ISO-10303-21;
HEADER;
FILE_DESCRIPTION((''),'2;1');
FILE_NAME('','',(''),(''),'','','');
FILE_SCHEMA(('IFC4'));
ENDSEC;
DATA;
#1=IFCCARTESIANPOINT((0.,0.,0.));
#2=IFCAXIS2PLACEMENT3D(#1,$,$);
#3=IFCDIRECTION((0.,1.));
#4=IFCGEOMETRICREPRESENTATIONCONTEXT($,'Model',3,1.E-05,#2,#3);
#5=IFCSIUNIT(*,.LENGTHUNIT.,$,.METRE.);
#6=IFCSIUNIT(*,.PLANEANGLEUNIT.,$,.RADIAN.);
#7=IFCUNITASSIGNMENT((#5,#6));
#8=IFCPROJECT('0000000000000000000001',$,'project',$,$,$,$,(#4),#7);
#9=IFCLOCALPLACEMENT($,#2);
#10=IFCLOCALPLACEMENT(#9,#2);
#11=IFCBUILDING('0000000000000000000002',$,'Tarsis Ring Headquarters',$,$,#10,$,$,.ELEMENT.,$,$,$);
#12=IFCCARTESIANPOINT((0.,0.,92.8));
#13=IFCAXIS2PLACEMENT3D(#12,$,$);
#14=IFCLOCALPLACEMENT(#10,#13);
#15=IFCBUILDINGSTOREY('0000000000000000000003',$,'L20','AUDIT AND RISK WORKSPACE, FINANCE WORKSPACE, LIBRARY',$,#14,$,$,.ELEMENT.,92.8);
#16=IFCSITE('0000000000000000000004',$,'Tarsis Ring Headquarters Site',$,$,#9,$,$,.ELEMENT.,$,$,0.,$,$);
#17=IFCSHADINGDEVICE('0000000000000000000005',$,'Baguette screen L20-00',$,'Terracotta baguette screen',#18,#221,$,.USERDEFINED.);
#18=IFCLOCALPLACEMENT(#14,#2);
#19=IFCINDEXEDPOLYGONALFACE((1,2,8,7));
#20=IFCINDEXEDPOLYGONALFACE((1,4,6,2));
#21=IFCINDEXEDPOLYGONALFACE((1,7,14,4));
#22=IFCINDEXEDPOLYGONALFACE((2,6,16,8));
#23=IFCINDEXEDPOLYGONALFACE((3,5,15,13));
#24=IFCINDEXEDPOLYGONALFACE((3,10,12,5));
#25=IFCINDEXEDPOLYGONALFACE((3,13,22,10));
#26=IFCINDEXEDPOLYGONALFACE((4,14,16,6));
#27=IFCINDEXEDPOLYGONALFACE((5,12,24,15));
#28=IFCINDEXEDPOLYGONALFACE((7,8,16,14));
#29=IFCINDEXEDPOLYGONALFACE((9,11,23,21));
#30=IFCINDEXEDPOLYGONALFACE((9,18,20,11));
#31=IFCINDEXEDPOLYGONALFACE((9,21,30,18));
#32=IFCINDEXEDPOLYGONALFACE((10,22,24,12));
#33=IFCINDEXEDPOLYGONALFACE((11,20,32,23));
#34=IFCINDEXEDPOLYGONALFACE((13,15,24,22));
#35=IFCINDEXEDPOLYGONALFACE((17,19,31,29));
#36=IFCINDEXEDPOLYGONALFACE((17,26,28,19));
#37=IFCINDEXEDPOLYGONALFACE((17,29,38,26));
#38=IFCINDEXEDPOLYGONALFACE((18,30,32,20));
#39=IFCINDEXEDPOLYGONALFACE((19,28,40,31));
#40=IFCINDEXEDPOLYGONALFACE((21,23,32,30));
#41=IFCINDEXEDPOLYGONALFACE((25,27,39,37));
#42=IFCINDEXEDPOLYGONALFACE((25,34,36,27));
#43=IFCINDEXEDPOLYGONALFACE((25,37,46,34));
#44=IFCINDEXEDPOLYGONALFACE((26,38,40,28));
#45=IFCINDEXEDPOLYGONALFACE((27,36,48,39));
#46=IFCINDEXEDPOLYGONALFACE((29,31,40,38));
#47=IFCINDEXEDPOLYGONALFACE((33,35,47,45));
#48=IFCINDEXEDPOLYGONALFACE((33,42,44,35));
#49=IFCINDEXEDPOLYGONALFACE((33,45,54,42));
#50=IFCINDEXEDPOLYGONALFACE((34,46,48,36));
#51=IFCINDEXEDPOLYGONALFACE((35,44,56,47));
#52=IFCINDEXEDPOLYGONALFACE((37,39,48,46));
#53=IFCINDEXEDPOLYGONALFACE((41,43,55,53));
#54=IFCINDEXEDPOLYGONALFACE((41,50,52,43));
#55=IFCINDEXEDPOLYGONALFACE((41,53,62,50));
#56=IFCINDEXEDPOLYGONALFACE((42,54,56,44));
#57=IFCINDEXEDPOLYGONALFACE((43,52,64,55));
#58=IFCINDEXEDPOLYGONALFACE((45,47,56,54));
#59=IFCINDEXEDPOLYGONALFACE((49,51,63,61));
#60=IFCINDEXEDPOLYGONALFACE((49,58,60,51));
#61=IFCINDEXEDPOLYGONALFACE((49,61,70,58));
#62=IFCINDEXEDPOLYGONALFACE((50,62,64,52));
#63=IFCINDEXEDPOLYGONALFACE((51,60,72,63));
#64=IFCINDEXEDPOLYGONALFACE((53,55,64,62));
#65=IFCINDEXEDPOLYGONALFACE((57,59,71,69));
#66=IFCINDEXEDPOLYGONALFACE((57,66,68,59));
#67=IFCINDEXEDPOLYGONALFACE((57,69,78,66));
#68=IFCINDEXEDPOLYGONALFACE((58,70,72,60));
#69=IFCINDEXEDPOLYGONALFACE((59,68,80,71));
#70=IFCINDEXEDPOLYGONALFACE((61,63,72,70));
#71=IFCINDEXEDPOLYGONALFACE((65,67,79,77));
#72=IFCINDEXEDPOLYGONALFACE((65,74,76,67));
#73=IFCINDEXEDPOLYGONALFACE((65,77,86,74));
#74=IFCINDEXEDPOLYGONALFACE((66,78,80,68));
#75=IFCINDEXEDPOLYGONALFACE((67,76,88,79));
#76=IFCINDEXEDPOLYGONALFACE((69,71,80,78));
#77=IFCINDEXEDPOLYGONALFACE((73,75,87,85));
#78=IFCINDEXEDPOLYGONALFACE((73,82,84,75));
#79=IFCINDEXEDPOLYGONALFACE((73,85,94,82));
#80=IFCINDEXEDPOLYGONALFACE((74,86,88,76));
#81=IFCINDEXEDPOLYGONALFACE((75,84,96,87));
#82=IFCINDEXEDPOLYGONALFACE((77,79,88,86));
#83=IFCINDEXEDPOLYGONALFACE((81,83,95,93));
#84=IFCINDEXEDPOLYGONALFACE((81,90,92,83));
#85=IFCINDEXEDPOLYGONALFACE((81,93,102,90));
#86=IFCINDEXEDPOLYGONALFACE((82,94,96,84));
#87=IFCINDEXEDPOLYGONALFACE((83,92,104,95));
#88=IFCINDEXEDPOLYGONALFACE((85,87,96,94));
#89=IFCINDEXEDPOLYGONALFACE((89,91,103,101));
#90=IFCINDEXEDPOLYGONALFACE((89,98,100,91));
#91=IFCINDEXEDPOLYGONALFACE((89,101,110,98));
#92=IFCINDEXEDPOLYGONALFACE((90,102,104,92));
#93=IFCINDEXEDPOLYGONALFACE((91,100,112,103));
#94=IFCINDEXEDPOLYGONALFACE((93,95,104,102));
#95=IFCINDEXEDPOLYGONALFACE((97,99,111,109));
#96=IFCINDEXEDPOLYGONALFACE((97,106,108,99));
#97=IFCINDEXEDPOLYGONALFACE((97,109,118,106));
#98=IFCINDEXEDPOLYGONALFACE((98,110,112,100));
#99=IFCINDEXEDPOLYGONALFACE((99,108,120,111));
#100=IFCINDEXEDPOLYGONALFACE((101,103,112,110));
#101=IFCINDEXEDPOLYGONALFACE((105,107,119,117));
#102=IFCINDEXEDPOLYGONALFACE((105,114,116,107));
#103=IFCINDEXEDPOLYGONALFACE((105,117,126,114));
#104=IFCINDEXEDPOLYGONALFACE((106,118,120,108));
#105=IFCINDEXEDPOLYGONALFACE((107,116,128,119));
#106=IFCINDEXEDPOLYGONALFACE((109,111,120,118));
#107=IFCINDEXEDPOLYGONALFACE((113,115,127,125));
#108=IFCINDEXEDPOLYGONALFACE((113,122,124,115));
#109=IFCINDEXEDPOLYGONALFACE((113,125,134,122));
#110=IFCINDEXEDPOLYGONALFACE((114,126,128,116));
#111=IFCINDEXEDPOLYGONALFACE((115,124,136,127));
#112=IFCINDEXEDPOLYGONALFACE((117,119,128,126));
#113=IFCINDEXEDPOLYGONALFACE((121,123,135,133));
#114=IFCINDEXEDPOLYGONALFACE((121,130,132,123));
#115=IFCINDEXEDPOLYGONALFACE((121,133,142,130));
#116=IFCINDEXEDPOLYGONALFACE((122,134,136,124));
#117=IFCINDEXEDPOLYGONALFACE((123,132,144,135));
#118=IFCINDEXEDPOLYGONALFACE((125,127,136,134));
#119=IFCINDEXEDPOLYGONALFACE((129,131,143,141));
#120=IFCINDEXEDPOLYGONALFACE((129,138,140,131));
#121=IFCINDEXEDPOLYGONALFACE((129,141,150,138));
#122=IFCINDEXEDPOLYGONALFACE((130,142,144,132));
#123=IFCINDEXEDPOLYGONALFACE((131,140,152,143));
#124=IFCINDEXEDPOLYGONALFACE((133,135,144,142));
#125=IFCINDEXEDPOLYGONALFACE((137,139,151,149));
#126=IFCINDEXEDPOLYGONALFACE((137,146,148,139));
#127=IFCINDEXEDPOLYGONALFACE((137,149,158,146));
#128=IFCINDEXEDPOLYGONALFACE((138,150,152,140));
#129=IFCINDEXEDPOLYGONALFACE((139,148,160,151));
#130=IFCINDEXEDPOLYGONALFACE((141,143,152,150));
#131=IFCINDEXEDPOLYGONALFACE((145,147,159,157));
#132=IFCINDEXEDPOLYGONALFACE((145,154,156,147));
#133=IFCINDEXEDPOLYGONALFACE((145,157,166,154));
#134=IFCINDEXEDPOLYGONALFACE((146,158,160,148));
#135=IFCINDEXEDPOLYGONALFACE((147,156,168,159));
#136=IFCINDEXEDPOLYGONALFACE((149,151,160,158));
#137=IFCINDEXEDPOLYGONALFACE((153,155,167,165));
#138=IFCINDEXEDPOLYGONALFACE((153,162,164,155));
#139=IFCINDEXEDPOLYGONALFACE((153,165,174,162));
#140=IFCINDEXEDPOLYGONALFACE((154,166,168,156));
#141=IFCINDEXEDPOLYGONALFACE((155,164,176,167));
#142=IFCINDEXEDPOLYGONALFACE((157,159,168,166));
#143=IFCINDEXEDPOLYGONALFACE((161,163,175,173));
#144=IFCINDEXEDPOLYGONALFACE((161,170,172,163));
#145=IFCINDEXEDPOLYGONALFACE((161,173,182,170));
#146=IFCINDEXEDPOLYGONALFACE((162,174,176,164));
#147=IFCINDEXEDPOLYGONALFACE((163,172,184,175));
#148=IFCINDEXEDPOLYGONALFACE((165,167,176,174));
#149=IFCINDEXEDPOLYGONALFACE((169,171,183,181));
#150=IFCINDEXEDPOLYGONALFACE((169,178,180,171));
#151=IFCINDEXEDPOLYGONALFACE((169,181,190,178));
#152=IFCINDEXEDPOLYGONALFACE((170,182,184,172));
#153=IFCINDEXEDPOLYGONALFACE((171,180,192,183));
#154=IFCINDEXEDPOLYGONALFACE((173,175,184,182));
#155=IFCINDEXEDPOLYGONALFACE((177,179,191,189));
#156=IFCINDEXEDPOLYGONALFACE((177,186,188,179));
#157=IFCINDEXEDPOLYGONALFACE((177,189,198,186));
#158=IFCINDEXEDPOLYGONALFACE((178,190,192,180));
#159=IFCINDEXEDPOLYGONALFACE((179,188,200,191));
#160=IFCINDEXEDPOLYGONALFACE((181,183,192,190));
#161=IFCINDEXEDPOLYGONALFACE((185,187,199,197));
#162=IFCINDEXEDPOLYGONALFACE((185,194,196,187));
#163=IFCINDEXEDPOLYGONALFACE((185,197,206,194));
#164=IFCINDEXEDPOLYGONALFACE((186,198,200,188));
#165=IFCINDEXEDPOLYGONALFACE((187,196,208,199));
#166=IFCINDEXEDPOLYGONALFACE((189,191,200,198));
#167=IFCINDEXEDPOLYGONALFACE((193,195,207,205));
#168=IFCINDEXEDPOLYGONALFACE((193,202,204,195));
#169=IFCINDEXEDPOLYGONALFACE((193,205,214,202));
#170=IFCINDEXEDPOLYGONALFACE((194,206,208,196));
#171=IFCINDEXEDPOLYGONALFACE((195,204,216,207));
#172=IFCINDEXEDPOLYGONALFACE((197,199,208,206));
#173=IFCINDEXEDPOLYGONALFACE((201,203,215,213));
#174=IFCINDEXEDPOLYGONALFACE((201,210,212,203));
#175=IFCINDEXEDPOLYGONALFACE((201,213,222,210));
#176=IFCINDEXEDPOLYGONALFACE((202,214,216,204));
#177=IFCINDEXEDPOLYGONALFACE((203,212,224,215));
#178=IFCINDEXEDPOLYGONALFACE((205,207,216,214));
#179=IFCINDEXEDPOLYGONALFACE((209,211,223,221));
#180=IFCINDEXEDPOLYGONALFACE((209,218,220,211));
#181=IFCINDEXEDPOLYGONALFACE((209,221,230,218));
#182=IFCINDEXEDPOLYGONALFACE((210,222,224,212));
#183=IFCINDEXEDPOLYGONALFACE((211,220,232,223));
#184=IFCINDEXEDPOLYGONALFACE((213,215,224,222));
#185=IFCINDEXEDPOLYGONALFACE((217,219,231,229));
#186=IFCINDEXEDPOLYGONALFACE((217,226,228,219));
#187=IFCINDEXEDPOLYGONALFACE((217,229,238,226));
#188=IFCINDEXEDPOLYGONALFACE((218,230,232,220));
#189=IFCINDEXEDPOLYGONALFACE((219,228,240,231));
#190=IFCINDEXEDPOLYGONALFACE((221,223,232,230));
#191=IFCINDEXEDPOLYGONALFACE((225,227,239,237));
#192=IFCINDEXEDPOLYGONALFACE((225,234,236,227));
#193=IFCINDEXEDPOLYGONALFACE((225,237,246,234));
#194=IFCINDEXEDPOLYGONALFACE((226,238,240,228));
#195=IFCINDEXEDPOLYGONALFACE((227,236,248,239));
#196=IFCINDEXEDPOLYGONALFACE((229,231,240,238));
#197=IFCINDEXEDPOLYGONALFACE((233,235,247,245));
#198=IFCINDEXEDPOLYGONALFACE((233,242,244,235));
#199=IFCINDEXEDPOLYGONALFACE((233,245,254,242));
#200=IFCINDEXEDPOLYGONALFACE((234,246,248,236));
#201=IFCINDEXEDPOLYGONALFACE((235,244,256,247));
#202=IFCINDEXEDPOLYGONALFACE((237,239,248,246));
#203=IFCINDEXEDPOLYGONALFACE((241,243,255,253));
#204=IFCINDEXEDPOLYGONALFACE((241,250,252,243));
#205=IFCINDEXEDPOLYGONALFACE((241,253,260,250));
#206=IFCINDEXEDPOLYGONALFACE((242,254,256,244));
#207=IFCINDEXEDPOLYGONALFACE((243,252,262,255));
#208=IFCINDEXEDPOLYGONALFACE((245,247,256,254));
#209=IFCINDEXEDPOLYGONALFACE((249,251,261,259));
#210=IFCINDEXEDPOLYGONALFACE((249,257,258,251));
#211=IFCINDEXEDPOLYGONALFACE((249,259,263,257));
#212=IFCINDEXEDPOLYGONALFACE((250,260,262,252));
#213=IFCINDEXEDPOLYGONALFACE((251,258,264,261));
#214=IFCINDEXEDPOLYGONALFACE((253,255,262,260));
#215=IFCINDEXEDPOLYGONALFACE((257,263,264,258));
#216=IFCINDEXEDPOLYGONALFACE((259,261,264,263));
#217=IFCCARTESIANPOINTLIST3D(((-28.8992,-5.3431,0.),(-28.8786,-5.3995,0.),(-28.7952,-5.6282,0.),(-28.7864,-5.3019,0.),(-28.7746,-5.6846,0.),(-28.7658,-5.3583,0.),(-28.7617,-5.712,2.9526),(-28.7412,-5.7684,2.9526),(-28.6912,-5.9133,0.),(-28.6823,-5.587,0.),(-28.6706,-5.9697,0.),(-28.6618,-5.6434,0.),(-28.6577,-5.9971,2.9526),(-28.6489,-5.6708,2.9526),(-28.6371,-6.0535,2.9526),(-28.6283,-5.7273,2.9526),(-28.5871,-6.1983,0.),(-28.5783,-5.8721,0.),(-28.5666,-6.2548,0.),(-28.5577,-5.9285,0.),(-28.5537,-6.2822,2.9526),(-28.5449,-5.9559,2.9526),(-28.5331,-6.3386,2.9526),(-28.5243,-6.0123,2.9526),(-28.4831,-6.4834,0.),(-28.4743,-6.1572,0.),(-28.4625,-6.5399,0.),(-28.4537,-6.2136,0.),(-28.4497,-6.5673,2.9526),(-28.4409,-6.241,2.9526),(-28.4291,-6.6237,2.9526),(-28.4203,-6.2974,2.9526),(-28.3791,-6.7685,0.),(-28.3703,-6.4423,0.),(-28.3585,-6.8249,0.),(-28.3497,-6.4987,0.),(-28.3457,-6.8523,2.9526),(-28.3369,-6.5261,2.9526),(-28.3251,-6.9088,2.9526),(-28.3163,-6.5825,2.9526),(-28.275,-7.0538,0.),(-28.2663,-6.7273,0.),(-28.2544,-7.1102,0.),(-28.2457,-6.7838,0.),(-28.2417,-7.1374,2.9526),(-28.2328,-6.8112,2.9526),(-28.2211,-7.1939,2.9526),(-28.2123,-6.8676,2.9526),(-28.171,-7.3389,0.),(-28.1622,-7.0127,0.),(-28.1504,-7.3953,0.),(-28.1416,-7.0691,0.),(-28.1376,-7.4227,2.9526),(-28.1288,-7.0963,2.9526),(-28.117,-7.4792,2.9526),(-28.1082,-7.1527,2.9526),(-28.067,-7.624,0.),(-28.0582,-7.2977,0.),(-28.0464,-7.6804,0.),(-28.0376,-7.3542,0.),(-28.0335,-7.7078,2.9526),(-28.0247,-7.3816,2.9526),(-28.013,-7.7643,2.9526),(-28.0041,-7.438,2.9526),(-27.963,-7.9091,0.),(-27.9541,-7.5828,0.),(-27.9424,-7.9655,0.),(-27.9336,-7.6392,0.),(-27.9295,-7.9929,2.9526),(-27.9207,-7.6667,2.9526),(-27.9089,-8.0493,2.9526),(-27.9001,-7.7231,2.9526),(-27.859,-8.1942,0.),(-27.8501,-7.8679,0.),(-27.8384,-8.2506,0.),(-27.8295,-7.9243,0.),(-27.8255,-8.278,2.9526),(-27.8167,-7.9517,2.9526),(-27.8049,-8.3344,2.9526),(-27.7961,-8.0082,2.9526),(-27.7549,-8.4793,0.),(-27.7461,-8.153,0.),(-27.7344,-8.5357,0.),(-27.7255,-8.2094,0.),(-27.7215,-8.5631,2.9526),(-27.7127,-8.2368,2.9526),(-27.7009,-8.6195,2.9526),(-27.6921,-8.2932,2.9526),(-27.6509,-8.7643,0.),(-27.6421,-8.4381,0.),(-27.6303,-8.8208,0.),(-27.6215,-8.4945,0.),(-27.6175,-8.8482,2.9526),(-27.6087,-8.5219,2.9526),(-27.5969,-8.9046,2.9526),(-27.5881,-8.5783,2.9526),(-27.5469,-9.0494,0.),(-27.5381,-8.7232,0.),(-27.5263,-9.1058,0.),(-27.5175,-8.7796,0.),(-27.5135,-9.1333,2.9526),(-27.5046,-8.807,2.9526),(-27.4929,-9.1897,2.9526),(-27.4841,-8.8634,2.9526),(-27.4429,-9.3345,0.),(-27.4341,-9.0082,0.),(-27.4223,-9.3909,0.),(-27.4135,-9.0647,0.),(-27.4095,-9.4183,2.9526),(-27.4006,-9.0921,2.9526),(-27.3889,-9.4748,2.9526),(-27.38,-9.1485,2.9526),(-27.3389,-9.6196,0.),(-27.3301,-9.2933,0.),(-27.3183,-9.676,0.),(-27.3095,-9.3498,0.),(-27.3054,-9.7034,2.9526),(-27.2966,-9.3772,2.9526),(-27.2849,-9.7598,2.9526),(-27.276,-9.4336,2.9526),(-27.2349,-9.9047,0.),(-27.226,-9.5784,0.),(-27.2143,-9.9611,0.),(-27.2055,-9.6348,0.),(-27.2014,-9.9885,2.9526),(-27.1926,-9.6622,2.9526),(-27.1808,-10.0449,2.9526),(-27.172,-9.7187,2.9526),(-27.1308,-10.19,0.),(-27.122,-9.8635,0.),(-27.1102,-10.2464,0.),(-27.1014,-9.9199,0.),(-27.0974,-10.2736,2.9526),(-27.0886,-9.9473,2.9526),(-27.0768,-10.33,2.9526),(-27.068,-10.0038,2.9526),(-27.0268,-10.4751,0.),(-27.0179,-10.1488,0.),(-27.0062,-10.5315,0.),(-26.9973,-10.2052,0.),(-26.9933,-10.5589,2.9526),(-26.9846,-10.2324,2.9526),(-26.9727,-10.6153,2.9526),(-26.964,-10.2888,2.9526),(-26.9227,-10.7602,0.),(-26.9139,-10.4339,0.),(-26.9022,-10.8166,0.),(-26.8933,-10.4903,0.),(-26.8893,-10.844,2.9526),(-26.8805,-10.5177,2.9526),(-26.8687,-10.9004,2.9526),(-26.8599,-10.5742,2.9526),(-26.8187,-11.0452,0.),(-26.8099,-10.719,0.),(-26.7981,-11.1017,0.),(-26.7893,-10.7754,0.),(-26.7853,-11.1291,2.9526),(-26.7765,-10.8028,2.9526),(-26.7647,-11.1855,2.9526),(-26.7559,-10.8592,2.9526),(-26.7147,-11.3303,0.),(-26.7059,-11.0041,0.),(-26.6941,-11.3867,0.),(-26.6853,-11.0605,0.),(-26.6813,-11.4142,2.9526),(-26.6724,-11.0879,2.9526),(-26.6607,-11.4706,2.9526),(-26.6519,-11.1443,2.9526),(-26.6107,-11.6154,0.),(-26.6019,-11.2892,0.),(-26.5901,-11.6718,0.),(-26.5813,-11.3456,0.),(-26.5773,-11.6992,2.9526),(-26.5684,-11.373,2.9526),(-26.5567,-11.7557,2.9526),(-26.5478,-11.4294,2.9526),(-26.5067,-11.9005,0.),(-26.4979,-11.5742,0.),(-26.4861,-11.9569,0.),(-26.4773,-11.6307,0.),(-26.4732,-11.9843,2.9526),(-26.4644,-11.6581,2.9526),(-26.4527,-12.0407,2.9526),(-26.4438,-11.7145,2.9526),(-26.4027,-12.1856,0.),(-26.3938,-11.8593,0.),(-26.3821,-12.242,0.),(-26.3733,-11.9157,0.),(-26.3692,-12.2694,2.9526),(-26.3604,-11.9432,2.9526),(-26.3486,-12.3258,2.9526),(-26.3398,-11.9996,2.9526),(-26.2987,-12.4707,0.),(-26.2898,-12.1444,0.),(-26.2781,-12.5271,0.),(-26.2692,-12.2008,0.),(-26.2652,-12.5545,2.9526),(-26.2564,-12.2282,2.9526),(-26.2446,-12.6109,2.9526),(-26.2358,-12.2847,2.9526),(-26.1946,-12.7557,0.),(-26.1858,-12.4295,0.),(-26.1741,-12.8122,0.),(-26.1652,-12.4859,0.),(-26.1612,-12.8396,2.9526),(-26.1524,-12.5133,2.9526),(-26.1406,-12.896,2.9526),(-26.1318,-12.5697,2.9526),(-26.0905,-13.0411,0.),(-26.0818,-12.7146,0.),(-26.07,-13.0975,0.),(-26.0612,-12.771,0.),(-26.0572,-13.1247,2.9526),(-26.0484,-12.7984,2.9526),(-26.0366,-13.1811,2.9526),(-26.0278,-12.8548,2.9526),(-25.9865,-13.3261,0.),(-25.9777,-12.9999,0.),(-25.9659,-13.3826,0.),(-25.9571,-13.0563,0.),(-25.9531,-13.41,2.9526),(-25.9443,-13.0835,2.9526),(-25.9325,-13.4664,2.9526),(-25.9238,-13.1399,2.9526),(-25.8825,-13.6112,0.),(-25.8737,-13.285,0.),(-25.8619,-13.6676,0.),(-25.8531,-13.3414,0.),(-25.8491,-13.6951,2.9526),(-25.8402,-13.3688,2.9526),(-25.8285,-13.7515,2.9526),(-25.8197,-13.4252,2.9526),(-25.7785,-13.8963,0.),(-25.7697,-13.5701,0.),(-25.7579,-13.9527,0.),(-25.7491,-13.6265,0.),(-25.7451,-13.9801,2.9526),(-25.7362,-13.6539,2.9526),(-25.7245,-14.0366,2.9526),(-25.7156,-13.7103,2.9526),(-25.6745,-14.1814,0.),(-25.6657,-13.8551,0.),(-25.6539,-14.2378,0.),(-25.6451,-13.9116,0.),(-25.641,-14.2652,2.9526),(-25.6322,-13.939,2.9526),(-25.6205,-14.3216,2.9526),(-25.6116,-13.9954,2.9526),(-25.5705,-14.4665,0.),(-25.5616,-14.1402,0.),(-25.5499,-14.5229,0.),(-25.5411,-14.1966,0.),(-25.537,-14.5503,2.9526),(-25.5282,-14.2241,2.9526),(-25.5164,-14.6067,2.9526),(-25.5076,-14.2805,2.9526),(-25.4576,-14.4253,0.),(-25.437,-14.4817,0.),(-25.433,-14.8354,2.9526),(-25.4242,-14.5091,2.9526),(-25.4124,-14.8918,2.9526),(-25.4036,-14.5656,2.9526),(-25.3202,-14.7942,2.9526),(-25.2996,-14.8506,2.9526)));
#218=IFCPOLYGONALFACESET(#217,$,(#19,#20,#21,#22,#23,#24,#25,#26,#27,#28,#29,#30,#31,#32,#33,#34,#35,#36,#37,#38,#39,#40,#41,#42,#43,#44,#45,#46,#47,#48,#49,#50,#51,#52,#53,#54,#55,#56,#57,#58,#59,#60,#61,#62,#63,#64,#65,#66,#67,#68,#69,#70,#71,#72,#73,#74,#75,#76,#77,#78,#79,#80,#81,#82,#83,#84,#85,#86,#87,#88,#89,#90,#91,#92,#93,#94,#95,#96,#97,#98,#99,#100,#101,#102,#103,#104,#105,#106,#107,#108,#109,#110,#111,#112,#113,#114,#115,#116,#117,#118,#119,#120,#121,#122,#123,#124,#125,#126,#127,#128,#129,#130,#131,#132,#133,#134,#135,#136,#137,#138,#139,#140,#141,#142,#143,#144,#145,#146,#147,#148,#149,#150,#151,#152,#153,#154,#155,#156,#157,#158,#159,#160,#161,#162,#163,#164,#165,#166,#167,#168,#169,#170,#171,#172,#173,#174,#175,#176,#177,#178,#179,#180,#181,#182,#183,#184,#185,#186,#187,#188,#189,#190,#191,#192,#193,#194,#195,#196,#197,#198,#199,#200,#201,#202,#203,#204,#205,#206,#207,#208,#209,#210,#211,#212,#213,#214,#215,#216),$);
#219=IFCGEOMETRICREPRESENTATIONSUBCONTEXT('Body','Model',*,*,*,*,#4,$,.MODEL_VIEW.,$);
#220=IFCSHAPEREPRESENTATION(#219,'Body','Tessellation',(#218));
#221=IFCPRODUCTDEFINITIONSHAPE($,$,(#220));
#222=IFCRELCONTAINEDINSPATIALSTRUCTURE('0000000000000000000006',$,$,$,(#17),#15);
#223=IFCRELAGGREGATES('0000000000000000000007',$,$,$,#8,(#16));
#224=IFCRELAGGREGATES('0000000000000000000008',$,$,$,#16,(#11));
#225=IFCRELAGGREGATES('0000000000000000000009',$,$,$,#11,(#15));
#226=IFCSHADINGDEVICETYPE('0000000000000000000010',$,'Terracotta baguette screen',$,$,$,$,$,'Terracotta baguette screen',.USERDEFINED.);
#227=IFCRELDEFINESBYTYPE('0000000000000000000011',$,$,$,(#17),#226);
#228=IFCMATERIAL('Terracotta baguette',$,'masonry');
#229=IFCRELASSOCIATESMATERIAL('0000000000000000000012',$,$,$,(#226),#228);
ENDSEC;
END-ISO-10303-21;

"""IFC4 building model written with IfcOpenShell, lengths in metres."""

from ifc_helpers import new_model, si_unit, direction, frame, frame_2d, origin, place, context, subcontext, project, spatial, rectangle, composite_profile, extrude, material, type_object, element, save


model = new_model("IFC4")

# Units and contexts
model_context = context("Model", 3, precision=1e-05, world=origin(), true_north=direction((0.0, 1.0)))
body_context = subcontext(model_context, "Body", "Model", "MODEL_VIEW")
ifc_project = project(units=[si_unit("LENGTHUNIT", "METRE"), si_unit("PLANEANGLEUNIT", "RADIAN")], contexts=[model_context])

# Site, building, storey
site_placement = place(None, origin())
site = spatial("IfcSite", under=ifc_project, at=site_placement, Name="Tarsis Ring Headquarters Site", CompositionType="ELEMENT", RefElevation=0.0)
building_placement = place(site_placement, origin())
building = spatial("IfcBuilding", under=site, at=building_placement, Name="Tarsis Ring Headquarters", CompositionType="ELEMENT")
storey_placement = place(building_placement, frame((0.0, 0.0, 92.8)))
storey = spatial("IfcBuildingStorey", under=building, at=storey_placement, Name="L20", Description="AUDIT AND RISK WORKSPACE, FINANCE WORKSPACE, LIBRARY", CompositionType="ELEMENT", Elevation=92.8)

# Shading device
ifc_material_1 = material(Name="Terracotta baguette", Category="masonry")
shading_device_type = type_object("IfcShadingDeviceType", Name="Terracotta baguette screen", ElementType="Terracotta baguette screen", PredefinedType="USERDEFINED", material=ifc_material_1)
shading_device_placement = place(storey_placement, frame((-28.8428, -5.3225, 0.0), z_axis=(0.0, 0.0, 1.0), x_axis=(0.342752, -0.939414, 0.0)))
element("IfcShadingDevice", 1, at=shading_device_placement, inside=storey, type_object=shading_device_type, Name="Baguette screen L20-00", ObjectType="Terracotta baguette screen", PredefinedType="USERDEFINED", context=body_context, shape_type="SweptSolid", body=[
    extrude(composite_profile([rectangle(XDim=0.0601, YDim=0.1201, at=frame_2d((0.03, 0.0))), rectangle(XDim=0.0601, YDim=0.1201, at=frame_2d((0.3335, 0.0))), rectangle(XDim=0.0601, YDim=0.1201, at=frame_2d((0.637, 0.0))), rectangle(XDim=0.0601, YDim=0.1201, at=frame_2d((0.9404, 0.0))), rectangle(XDim=0.0601, YDim=0.1201, at=frame_2d((1.2439, 0.0))), rectangle(XDim=0.0601, YDim=0.1201, at=frame_2d((1.5474, 0.0))), rectangle(XDim=0.0601, YDim=0.1201, at=frame_2d((1.8511, 0.0))), rectangle(XDim=0.0601, YDim=0.1201, at=frame_2d((2.1545, 0.0))), rectangle(XDim=0.0601, YDim=0.1201, at=frame_2d((2.458, 0.0))), rectangle(XDim=0.0601, YDim=0.1201, at=frame_2d((2.7615, 0.0))), rectangle(XDim=0.0601, YDim=0.1201, at=frame_2d((3.0649, 0.0))), rectangle(XDim=0.0601, YDim=0.1201, at=frame_2d((3.3684, 0.0))), rectangle(XDim=0.0601, YDim=0.1201, at=frame_2d((3.6719, 0.0))), rectangle(XDim=0.0601, YDim=0.1201, at=frame_2d((3.9753, 0.0))), rectangle(XDim=0.0601, YDim=0.1201, at=frame_2d((4.2788, 0.0))), rectangle(XDim=0.0601, YDim=0.1201, at=frame_2d((4.5823, 0.0))), rectangle(XDim=0.0601, YDim=0.1201, at=frame_2d((4.8857, 0.0))), rectangle(XDim=0.0601, YDim=0.1201, at=frame_2d((5.1895, 0.0))), rectangle(XDim=0.0601, YDim=0.1201, at=frame_2d((5.4929, 0.0))), rectangle(XDim=0.0601, YDim=0.1201, at=frame_2d((5.7964, 0.0))), rectangle(XDim=0.0601, YDim=0.1201, at=frame_2d((6.0999, 0.0))), rectangle(XDim=0.0601, YDim=0.1201, at=frame_2d((6.4033, 0.0))), rectangle(XDim=0.0601, YDim=0.1201, at=frame_2d((6.7068, 0.0))), rectangle(XDim=0.0601, YDim=0.1201, at=frame_2d((7.0103, 0.0))), rectangle(XDim=0.0601, YDim=0.1201, at=frame_2d((7.3137, 0.0))), rectangle(XDim=0.0601, YDim=0.1201, at=frame_2d((7.6172, 0.0))), rectangle(XDim=0.0601, YDim=0.1201, at=frame_2d((7.9207, 0.0))), rectangle(XDim=0.0601, YDim=0.1201, at=frame_2d((8.2244, 0.0))), rectangle(XDim=0.0601, YDim=0.1201, at=frame_2d((8.5278, 0.0))), rectangle(XDim=0.0601, YDim=0.1201, at=frame_2d((8.8313, 0.0))), rectangle(XDim=0.0601, YDim=0.1201, at=frame_2d((9.1348, 0.0))), rectangle(XDim=0.0601, YDim=0.1201, at=frame_2d((9.4382, 0.0))), rectangle(XDim=0.0601, YDim=0.1201, at=frame_2d((9.7417, 0.0)))]), origin(), (0.132164, 0.0009, 0.991227), 2.9788),
])

save(model, "model.ifc")
